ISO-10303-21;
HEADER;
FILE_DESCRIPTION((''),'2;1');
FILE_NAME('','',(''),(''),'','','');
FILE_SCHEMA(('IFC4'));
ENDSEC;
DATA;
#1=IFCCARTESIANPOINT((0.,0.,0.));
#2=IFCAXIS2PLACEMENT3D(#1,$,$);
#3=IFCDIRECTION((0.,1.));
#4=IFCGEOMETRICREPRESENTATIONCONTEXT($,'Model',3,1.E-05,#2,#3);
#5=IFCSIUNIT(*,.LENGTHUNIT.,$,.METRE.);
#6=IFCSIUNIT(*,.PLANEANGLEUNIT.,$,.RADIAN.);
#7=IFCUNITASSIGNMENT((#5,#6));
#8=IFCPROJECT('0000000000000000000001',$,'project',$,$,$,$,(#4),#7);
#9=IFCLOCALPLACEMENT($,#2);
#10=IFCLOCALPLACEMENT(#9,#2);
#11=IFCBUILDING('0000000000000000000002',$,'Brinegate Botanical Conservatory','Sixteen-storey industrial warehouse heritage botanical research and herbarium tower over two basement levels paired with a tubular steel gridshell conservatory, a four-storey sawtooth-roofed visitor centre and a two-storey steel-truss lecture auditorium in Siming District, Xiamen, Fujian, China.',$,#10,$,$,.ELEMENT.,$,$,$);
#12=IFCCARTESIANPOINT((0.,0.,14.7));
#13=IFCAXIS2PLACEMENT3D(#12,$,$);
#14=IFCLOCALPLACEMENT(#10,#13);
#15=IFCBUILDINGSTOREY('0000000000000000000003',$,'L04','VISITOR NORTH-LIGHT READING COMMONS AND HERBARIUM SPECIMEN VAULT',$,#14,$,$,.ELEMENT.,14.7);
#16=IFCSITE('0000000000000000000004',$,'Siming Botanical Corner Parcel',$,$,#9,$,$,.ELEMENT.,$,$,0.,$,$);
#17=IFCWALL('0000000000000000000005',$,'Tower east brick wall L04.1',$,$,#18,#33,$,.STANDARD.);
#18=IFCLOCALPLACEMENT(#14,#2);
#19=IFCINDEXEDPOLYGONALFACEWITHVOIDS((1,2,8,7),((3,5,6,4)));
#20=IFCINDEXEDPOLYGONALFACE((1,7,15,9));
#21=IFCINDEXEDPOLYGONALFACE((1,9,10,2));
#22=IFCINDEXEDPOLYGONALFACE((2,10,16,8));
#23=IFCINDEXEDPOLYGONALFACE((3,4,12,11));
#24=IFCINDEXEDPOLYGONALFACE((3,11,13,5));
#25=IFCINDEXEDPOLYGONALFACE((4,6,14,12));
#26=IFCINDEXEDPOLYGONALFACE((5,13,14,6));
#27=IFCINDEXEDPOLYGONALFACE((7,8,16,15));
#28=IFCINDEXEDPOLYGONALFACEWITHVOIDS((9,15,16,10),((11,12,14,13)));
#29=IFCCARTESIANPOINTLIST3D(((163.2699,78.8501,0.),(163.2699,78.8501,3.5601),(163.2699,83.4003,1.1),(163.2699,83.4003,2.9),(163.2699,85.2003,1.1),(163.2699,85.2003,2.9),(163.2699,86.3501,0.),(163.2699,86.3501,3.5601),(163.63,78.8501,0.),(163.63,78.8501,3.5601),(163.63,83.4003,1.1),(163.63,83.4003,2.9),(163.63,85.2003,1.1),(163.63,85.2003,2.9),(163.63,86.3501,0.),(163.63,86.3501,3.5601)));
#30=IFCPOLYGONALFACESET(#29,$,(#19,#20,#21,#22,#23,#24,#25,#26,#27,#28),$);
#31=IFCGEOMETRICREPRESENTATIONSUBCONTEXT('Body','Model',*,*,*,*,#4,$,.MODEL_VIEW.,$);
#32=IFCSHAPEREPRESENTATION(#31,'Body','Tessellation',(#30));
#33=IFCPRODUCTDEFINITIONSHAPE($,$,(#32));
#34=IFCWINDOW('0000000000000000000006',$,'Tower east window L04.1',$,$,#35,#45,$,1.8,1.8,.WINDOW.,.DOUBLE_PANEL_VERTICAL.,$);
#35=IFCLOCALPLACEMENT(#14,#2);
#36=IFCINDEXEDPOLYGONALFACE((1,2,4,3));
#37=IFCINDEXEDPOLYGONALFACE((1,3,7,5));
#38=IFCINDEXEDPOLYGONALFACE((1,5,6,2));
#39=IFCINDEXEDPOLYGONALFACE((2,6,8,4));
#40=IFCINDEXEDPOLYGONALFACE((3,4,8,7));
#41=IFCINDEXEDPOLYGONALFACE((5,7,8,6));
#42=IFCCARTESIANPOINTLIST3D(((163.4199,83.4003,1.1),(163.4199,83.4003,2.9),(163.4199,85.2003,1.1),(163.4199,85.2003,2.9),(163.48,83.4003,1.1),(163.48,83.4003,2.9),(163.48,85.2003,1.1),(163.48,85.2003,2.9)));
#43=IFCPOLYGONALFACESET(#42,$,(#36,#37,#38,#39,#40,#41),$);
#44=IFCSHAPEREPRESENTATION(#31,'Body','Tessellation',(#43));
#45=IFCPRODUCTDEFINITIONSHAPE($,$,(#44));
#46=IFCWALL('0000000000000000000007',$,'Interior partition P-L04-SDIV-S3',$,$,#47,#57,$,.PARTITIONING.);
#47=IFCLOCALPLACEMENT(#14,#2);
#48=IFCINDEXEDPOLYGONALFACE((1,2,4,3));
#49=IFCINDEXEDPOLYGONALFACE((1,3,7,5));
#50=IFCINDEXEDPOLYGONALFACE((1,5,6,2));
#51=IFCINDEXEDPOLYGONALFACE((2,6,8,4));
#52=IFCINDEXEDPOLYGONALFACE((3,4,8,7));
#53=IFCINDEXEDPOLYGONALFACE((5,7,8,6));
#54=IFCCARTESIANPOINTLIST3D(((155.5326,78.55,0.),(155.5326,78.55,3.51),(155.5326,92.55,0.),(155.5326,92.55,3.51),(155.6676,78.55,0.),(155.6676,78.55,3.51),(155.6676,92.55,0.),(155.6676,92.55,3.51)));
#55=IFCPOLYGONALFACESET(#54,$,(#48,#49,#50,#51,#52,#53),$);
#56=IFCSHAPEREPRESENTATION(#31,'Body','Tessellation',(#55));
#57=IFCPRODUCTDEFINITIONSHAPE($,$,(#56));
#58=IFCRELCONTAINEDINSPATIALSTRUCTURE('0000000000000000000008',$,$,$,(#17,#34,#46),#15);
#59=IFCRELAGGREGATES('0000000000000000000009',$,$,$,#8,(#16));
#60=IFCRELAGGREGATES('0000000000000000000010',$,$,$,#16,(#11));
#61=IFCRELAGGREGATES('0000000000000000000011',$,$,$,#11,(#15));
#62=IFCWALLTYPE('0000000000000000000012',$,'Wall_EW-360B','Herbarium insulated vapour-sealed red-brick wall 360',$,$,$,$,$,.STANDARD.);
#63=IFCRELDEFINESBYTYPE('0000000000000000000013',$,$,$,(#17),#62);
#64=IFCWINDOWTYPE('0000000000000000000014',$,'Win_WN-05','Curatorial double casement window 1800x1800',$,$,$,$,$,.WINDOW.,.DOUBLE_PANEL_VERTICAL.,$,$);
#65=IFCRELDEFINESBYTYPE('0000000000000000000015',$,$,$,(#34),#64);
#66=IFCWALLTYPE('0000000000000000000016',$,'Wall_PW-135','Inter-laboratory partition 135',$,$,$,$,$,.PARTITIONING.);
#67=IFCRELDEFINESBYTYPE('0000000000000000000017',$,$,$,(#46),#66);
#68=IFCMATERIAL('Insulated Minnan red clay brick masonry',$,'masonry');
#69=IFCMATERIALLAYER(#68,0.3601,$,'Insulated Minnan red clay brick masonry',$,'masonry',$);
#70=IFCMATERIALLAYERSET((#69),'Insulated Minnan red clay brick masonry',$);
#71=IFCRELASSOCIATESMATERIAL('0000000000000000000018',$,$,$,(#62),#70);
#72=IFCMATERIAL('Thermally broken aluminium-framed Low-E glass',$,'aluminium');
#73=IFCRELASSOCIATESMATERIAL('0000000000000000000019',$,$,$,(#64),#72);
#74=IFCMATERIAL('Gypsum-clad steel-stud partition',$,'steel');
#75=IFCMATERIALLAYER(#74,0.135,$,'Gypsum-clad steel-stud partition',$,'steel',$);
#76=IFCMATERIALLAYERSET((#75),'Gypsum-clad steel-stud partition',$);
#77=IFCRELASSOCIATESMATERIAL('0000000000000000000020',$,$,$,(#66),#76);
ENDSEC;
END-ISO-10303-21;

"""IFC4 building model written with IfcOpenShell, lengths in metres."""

from ifc_helpers import new_model, si_unit, direction, frame, frame_2d, origin, place, context, subcontext, project, spatial, rectangle, extrude, material, layer, layer_set, type_object, element, fill, save


model = new_model("IFC4")

# Units and contexts
model_context = context("Model", 3, precision=1e-05, world=origin(), true_north=direction((0.0, 1.0)))
body_context = subcontext(model_context, "Body", "Model", "MODEL_VIEW")
ifc_project = project(units=[si_unit("LENGTHUNIT", "METRE"), si_unit("PLANEANGLEUNIT", "RADIAN")], contexts=[model_context])

# Site, building, storey
site_placement = place(None, origin())
site = spatial("IfcSite", under=ifc_project, at=site_placement, Name="Siming Botanical Corner Parcel", CompositionType="ELEMENT", RefElevation=0.0)
building_placement = place(site_placement, origin())
building = spatial("IfcBuilding", under=site, at=building_placement, Name="Brinegate Botanical Conservatory", Description="Sixteen-storey industrial warehouse heritage botanical research and herbarium tower over two basement levels paired with a tubular steel gridshell conservatory, a four-storey sawtooth-roofed visitor centre and a two-storey steel-truss lecture auditorium in Siming District, Xiamen, Fujian, China.", CompositionType="ELEMENT")
storey_placement = place(building_placement, frame((0.0, 0.0, 14.7)))
storey = spatial("IfcBuildingStorey", under=building, at=storey_placement, Name="L04", Description="VISITOR NORTH-LIGHT READING COMMONS AND HERBARIUM SPECIMEN VAULT", CompositionType="ELEMENT", Elevation=14.7)

# Wall, opening, window
ifc_material_1 = material(Name="Insulated Minnan red clay brick masonry", Category="masonry")
ifc_layer_1 = layer(ifc_material_1, 0.3601, Name="Insulated Minnan red clay brick masonry", Category="masonry")
ifc_layer_set_1 = layer_set([ifc_layer_1], Name="Insulated Minnan red clay brick masonry")
wall_type_1 = type_object("IfcWallType", Name="Wall_EW-360B", Description="Herbarium insulated vapour-sealed red-brick wall 360", PredefinedType="STANDARD", material=ifc_layer_set_1)
ifc_material_2 = material(Name="Thermally broken aluminium-framed Low-E glass", Category="aluminium")
wall_1_placement = place(storey_placement, frame((163.45, 86.3501, 0.0), z_axis=(0.0, 0.0, 1.0), x_axis=(0.0, -1.0, 0.0)))
wall_1 = element("IfcWall", 1, at=wall_1_placement, inside=storey, type_object=wall_type_1, Name="Tower east brick wall L04.1", PredefinedType="STANDARD", context=body_context, shape_type="SweptSolid", body=[
    extrude(rectangle(XDim=7.5, YDim=0.3601, at=frame_2d((3.75, 0.0))), origin(), (0.0, 0.0, 1.0), 3.5601),
])
opening_1_placement = place(wall_1_placement, frame((1.1499, 0.0, 1.1001)))
opening_1 = element("IfcOpeningElement", 2, at=opening_1_placement, cuts=wall_1, PredefinedType="OPENING", context=body_context, shape_type="SweptSolid", body=[
    extrude(rectangle(XDim=1.8, YDim=1.8, at=frame_2d((0.8999, 0.8999))), frame((0.0, 0.1899, 0.0), z_axis=(0.0, -1.0, 0.0), x_axis=(1.0, 0.0, 0.0)), (0.0, 0.0, 1.0), 0.3801),
])
window_type_1 = type_object("IfcWindowType", Name="Win_WN-05", Description="Curatorial double casement window 1800x1800", PartitioningType="DOUBLE_PANEL_VERTICAL", PredefinedType="WINDOW", material=ifc_material_2)
window_1_placement = place(opening_1_placement, origin())
window_1 = element("IfcWindow", 3, at=window_1_placement, inside=storey, type_object=window_type_1, Name="Tower east window L04.1", OverallHeight=1.8, OverallWidth=1.8, PartitioningType="DOUBLE_PANEL_VERTICAL", PredefinedType="WINDOW", context=body_context, shape_type="SweptSolid", body=[
    extrude(rectangle(XDim=1.8, YDim=1.8, at=frame_2d((0.8999, 0.8999))), frame((0.0, 0.03, 0.0), z_axis=(0.0, -1.0, 0.0), x_axis=(1.0, 0.0, 0.0)), (0.0, 0.0, 1.0), 0.0601),
])
fill(opening_1, window_1)

# Wall
ifc_material_3 = material(Name="Gypsum-clad steel-stud partition", Category="steel")
ifc_layer_2 = layer(ifc_material_3, 0.135, Name="Gypsum-clad steel-stud partition", Category="steel")
ifc_layer_set_2 = layer_set([ifc_layer_2], Name="Gypsum-clad steel-stud partition")
wall_type_2 = type_object("IfcWallType", Name="Wall_PW-135", Description="Inter-laboratory partition 135", PredefinedType="PARTITIONING", material=ifc_layer_set_2)
wall_2_placement = place(storey_placement, frame((155.6001, 78.55, 0.0), z_axis=(0.0, 0.0, 1.0), x_axis=(0.0, 1.0, 0.0)))
element("IfcWall", 4, at=wall_2_placement, inside=storey, type_object=wall_type_2, Name="Interior partition P-L04-SDIV-S3", PredefinedType="PARTITIONING", context=body_context, shape_type="SweptSolid", body=[
    extrude(rectangle(XDim=14.0, YDim=0.135, at=frame_2d((7.0, 0.0))), origin(), (0.0, 0.0, 1.0), 3.51),
])

save(model, "model.ifc")
